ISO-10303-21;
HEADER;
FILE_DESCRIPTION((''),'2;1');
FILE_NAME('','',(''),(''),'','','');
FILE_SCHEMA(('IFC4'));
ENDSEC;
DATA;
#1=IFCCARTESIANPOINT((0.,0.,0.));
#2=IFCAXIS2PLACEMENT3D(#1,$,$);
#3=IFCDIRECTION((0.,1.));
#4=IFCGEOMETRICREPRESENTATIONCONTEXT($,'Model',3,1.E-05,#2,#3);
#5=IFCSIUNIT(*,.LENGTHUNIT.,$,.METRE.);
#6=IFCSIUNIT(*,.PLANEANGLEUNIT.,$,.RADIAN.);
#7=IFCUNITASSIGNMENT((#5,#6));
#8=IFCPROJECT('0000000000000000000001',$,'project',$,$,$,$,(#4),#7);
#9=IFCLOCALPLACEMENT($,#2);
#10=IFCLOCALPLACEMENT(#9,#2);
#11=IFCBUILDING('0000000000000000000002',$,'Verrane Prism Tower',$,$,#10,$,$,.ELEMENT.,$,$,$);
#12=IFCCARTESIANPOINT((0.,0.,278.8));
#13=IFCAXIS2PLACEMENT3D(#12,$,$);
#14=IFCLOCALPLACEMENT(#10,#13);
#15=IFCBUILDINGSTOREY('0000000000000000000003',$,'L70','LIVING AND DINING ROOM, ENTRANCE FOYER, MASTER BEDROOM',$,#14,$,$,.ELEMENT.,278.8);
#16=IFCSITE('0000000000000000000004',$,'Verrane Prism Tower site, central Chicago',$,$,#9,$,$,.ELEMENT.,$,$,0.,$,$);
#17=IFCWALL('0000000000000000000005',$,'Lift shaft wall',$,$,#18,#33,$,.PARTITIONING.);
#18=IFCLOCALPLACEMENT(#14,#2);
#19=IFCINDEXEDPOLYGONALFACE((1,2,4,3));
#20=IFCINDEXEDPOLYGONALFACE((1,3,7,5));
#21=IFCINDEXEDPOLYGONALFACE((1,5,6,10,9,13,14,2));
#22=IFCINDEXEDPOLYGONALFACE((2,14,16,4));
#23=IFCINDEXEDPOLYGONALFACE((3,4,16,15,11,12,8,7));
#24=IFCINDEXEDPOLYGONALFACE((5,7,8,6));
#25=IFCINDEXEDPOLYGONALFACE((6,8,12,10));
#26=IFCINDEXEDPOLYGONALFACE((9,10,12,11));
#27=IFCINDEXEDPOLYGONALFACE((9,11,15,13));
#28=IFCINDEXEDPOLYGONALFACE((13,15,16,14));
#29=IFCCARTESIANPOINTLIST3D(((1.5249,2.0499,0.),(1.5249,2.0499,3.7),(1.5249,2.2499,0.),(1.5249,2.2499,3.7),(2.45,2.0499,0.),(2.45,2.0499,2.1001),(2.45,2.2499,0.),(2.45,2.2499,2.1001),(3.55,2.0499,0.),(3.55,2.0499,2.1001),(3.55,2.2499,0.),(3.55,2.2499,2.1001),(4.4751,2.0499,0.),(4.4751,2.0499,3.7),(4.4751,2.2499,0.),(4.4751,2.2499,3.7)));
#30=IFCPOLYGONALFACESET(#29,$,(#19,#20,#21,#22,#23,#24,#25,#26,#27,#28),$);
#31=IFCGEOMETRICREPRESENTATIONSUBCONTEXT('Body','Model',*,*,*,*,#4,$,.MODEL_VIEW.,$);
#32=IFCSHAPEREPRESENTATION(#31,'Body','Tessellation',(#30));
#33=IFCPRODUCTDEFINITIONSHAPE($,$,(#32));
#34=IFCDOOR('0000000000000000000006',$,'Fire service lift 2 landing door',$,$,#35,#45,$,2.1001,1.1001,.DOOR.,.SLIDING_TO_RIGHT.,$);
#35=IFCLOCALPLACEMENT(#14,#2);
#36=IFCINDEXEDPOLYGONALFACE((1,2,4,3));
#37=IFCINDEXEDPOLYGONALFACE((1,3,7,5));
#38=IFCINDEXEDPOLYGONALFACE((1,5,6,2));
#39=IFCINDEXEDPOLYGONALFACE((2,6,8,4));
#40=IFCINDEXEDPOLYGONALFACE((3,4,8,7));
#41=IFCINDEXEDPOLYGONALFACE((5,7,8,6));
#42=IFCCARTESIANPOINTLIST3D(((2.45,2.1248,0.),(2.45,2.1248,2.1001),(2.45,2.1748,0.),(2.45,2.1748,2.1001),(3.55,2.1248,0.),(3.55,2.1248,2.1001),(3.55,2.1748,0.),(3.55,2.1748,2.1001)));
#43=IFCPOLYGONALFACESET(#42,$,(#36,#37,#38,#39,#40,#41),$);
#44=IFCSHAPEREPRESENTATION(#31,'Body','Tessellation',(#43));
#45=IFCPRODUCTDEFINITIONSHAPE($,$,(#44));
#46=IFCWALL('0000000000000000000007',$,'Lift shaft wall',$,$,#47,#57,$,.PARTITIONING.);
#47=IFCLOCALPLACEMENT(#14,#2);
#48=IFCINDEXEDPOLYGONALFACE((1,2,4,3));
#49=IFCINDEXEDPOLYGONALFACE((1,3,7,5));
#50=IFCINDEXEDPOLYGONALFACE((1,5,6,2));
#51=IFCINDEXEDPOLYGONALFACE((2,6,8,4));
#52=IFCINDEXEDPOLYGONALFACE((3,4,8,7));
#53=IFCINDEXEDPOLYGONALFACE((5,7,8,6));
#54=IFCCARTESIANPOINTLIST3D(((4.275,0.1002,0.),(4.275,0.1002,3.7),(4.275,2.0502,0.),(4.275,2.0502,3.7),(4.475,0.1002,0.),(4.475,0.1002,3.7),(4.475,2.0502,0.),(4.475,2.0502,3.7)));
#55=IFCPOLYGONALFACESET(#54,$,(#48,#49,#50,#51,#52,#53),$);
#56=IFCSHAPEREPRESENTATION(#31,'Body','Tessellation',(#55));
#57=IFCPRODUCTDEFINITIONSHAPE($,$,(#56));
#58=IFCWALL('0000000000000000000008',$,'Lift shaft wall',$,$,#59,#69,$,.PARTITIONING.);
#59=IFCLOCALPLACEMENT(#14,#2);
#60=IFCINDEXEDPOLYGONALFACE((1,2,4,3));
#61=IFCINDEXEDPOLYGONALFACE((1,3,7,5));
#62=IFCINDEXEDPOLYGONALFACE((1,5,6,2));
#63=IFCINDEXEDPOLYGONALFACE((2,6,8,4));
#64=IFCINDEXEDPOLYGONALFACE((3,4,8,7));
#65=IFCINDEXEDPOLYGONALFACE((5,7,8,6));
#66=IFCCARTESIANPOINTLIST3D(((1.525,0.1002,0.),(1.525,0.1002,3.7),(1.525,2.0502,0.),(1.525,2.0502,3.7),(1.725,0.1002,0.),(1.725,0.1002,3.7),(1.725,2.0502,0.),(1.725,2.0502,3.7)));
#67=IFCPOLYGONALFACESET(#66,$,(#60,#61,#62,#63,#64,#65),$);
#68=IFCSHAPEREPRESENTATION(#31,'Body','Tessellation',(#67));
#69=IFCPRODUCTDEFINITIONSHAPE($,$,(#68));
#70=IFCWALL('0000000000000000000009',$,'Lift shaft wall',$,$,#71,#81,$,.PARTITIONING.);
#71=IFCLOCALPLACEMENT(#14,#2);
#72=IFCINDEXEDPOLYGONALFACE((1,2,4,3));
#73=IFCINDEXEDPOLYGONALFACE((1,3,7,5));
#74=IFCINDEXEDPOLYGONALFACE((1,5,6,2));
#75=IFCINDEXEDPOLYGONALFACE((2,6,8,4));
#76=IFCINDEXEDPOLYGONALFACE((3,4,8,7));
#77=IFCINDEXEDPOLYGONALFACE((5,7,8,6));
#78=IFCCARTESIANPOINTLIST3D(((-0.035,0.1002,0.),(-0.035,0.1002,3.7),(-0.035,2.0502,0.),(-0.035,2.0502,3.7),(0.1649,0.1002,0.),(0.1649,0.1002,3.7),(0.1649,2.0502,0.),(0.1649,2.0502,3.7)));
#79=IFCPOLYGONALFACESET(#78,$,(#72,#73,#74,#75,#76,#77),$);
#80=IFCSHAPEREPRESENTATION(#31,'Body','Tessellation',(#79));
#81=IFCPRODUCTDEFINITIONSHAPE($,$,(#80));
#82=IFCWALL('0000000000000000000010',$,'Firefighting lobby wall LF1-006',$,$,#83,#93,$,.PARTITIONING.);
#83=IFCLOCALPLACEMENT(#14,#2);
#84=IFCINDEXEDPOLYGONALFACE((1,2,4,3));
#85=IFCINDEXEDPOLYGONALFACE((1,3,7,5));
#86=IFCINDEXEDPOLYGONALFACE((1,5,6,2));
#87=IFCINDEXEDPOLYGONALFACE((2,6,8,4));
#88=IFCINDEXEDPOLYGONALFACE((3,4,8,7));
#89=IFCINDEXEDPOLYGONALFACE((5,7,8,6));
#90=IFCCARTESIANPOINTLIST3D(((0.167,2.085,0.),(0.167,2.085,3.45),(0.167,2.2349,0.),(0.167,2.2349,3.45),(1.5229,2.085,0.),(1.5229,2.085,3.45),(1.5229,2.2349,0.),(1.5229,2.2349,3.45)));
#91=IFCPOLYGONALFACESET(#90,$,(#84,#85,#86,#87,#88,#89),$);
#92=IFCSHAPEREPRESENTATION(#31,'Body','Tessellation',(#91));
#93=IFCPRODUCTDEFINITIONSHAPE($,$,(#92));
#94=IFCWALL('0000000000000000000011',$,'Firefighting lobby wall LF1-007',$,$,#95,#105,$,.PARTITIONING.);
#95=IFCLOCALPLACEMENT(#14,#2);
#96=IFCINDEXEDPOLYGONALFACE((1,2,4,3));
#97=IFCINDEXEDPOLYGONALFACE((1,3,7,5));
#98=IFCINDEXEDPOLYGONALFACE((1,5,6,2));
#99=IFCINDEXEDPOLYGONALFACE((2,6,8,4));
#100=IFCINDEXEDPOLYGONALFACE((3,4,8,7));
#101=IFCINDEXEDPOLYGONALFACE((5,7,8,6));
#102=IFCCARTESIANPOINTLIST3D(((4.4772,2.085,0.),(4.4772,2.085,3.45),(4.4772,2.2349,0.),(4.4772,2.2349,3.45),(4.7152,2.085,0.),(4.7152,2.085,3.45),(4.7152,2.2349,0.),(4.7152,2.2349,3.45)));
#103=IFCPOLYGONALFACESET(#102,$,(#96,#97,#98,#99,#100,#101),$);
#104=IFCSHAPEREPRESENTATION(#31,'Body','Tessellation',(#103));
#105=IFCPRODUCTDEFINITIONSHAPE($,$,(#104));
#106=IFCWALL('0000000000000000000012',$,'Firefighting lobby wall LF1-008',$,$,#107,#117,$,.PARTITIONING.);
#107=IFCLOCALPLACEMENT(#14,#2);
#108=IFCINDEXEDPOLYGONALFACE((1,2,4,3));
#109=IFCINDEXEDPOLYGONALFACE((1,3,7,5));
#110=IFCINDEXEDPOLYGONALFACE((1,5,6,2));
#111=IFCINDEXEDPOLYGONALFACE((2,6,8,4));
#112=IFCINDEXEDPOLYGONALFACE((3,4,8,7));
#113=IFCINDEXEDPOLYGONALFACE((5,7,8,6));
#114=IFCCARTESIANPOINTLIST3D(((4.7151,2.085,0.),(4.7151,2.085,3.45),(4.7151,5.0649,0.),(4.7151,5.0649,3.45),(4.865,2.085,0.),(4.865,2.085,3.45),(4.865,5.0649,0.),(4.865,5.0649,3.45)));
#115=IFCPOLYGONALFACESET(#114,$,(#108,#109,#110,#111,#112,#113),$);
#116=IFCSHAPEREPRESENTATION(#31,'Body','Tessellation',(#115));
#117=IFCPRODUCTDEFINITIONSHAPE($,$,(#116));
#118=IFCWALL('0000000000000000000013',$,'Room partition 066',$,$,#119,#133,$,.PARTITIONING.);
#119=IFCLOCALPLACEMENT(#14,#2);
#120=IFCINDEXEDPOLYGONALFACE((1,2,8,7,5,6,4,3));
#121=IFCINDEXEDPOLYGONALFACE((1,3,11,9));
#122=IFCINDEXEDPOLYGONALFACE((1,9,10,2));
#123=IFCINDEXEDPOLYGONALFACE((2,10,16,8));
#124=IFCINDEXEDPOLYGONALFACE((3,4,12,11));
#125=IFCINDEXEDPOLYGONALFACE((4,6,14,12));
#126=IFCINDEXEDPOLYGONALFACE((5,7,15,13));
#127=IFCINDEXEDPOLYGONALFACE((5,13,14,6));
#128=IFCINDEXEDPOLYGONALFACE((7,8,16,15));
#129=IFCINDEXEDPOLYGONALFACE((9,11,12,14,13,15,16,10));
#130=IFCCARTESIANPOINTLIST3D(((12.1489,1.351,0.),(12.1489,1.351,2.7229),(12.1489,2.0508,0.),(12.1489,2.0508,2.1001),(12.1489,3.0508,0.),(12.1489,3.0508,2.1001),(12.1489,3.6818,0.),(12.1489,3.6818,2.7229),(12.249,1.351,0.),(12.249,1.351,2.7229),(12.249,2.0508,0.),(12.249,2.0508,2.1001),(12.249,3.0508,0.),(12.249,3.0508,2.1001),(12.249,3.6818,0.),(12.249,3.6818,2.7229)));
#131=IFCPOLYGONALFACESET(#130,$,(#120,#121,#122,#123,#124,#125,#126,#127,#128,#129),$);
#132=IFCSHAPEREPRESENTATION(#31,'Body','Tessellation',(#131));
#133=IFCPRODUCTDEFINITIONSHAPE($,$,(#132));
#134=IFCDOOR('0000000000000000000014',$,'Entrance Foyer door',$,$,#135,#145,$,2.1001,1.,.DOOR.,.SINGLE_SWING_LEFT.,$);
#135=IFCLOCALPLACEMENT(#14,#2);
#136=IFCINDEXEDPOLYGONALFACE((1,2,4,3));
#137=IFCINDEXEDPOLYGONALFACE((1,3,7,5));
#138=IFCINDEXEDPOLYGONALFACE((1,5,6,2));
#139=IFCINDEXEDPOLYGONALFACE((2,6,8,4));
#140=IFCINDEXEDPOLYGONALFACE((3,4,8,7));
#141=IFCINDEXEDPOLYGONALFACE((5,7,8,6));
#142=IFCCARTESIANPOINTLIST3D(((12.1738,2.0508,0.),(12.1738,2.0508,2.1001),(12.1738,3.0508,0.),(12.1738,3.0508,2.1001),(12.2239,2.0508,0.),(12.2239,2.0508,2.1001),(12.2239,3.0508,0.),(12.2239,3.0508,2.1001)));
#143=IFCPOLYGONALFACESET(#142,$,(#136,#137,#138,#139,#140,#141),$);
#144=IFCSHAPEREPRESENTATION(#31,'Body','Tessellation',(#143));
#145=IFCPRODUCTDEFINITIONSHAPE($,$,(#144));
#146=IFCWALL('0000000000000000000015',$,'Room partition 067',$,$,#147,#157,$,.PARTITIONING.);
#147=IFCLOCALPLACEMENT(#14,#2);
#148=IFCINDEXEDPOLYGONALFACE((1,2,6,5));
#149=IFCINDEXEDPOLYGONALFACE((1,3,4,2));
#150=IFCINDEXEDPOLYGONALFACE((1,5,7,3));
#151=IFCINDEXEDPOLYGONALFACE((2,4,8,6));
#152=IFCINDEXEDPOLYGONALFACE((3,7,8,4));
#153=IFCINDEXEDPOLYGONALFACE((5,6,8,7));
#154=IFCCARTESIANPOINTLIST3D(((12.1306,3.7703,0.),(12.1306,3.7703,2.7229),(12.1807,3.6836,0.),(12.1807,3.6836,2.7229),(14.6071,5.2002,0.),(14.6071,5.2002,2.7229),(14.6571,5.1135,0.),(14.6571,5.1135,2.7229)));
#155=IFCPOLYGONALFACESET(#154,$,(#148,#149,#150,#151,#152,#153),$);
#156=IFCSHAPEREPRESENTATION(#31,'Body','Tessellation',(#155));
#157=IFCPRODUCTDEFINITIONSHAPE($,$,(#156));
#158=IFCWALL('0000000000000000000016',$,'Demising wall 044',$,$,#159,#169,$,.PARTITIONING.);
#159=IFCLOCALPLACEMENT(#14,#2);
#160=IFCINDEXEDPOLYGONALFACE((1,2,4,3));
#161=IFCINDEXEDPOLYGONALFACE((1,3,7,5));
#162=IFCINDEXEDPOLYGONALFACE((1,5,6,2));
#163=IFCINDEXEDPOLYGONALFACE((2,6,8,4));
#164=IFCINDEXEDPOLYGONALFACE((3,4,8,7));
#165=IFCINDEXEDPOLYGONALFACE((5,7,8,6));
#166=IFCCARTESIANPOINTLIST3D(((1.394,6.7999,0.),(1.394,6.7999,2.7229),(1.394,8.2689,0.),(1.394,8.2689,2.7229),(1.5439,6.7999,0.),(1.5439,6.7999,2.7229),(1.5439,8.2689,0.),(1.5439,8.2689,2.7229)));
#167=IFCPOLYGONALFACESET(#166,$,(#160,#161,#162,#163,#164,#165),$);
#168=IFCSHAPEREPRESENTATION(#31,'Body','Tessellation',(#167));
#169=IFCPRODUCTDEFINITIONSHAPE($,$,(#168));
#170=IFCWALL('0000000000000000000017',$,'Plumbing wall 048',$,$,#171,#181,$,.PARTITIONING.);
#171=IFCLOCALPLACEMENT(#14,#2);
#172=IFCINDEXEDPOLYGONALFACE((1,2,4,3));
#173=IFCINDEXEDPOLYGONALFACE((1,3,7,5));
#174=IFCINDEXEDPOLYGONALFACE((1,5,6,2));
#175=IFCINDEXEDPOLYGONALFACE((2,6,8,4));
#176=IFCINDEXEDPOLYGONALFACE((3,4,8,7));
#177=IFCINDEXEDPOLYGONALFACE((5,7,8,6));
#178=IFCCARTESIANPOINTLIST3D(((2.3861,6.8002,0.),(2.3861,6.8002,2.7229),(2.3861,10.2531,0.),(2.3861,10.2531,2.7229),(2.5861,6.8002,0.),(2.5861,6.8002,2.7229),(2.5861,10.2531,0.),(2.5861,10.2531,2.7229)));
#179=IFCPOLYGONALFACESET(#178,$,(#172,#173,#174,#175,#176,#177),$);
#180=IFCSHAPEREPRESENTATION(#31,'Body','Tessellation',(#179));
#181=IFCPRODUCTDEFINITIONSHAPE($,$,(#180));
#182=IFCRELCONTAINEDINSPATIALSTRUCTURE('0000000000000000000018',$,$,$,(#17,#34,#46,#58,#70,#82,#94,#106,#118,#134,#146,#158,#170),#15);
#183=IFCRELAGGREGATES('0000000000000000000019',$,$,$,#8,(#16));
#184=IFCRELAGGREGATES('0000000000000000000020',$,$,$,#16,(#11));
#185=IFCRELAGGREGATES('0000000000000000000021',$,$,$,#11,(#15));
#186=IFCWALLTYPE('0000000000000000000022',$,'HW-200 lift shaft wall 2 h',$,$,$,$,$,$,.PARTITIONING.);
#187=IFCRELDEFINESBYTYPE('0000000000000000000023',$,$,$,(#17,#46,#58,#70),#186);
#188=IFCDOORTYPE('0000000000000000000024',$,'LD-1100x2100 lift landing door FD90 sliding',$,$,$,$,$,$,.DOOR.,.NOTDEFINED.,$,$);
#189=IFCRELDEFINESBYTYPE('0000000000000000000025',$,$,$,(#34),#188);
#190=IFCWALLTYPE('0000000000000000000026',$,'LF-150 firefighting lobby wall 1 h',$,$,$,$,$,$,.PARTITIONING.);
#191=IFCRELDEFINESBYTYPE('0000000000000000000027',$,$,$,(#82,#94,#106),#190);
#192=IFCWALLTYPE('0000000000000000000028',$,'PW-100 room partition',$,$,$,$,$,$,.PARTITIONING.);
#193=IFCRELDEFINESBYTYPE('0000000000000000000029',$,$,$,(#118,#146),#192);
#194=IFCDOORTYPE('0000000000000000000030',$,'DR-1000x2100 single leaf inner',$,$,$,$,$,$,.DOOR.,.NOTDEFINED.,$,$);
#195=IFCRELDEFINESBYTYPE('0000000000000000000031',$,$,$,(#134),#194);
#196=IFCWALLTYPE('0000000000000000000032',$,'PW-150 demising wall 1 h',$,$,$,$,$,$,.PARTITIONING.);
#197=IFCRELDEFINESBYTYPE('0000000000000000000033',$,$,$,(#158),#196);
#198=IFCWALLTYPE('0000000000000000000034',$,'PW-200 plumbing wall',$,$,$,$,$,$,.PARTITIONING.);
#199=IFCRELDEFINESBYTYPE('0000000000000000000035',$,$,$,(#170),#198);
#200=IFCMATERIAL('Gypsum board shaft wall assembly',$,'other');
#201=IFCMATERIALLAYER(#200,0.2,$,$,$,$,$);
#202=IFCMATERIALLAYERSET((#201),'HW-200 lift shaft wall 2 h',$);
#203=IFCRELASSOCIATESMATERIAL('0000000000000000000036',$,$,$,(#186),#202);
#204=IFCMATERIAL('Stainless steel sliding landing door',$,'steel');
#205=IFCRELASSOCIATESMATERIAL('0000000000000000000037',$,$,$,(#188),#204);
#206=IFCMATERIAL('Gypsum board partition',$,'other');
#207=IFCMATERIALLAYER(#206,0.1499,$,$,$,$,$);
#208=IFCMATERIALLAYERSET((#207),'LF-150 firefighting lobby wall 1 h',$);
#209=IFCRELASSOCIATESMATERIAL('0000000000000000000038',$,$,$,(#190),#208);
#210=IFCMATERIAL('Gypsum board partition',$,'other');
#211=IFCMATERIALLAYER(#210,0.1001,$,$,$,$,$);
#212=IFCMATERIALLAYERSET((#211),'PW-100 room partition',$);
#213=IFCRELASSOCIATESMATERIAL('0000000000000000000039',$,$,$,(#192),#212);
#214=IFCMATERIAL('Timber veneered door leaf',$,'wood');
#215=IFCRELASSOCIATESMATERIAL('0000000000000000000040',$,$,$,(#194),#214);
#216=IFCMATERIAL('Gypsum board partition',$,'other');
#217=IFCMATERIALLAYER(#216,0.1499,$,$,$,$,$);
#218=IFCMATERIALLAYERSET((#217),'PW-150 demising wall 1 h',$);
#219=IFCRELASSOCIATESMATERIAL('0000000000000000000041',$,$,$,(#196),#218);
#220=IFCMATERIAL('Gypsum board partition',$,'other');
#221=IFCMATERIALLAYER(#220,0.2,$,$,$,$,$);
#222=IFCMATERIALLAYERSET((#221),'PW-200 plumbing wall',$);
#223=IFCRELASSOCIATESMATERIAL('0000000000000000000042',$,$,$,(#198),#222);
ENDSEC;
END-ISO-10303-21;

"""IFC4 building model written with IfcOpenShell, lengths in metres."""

from ifc_helpers import new_model, si_unit, direction, frame, frame_2d, origin, place, context, subcontext, project, spatial, rectangle, extrude, material, layer, layer_set, type_object, element, fill, save


model = new_model("IFC4")

# Units and contexts
model_context = context("Model", 3, precision=1e-05, world=origin(), true_north=direction((0.0, 1.0)))
body_context = subcontext(model_context, "Body", "Model", "MODEL_VIEW")
ifc_project = project(units=[si_unit("LENGTHUNIT", "METRE"), si_unit("PLANEANGLEUNIT", "RADIAN")], contexts=[model_context])

# Site, building, storey
site_placement = place(None, origin())
site = spatial("IfcSite", under=ifc_project, at=site_placement, Name="Verrane Prism Tower site, central Chicago", CompositionType="ELEMENT", RefElevation=0.0)
building_placement = place(site_placement, origin())
building = spatial("IfcBuilding", under=site, at=building_placement, Name="Verrane Prism Tower", CompositionType="ELEMENT")
storey_placement = place(building_placement, frame((0.0, 0.0, 278.8)))
storey = spatial("IfcBuildingStorey", under=building, at=storey_placement, Name="L70", Description="LIVING AND DINING ROOM, ENTRANCE FOYER, MASTER BEDROOM", CompositionType="ELEMENT", Elevation=278.8)

# Shared definitions
ifc_material_1 = material(Name="Gypsum board shaft wall assembly", Category="other")
ifc_layer_1 = layer(ifc_material_1, 0.2)
ifc_layer_set_1 = layer_set([ifc_layer_1], Name="HW-200 lift shaft wall 2 h")
wall_type_1 = type_object("IfcWallType", Name="HW-200 lift shaft wall 2 h", PredefinedType="PARTITIONING", material=ifc_layer_set_1)

# Wall, opening, door
wall_1_placement = place(storey_placement, frame((1.5249, 2.1499, 0.0), z_axis=(0.0, 0.0, 1.0), x_axis=(1.0, 0.0, 0.0)))
wall_1 = element("IfcWall", 1, at=wall_1_placement, inside=storey, type_object=wall_type_1, Name="Lift shaft wall", PredefinedType="PARTITIONING", context=body_context, shape_type="SweptSolid", body=[
    extrude(rectangle(XDim=2.9502, YDim=0.2, at=frame_2d((1.4751, 0.0))), origin(), (0.0, 0.0, 1.0), 3.7),
])
opening_1_placement = place(wall_1_placement, frame((0.925, 0.0, 0.0)))
opening_1 = element("IfcOpeningElement", 2, at=opening_1_placement, cuts=wall_1, PredefinedType="OPENING", context=body_context, shape_type="SweptSolid", body=[
    extrude(rectangle(XDim=1.1001, YDim=2.1001, at=frame_2d((0.55, 1.05))), frame((0.0, 0.1099, 0.0), z_axis=(0.0, -1.0, 0.0), x_axis=(1.0, 0.0, 0.0)), (0.0, 0.0, 1.0), 0.22),
])
ifc_material_2 = material(Name="Stainless steel sliding landing door", Category="steel")
door_type_1 = type_object("IfcDoorType", Name="LD-1100x2100 lift landing door FD90 sliding", OperationType="NOTDEFINED", PredefinedType="DOOR", material=ifc_material_2)
door_1_placement = place(opening_1_placement, origin())
door_1 = element("IfcDoor", 3, at=door_1_placement, inside=storey, type_object=door_type_1, Name="Fire service lift 2 landing door", OperationType="SLIDING_TO_RIGHT", OverallHeight=2.1001, OverallWidth=1.1001, PredefinedType="DOOR", context=body_context, shape_type="SweptSolid", body=[
    extrude(rectangle(XDim=1.1001, YDim=2.1001, at=frame_2d((0.55, 1.05))), frame((0.0, 0.0249, 0.0), z_axis=(0.0, -1.0, 0.0), x_axis=(1.0, 0.0, 0.0)), (0.0, 0.0, 1.0), 0.05),
])
fill(opening_1, door_1)

# Walls
for number, where, z_axis, x_axis, name in (
    (4, (4.375, 0.1001, 0.0), (0.0, 0.0, 1.0), (0.0, 1.0, 0.0), "Lift shaft wall"),
    (5, (1.625, 0.1001, 0.0), (0.0, 0.0, 1.0), (0.0, 1.0, 0.0), "Lift shaft wall"),
    (6, (0.0649, 0.1001, 0.0), (0.0, 0.0, 1.0), (0.0, 1.0, 0.0), "Lift shaft wall"),
):
    element("IfcWall", number, at=place(storey_placement, frame(where, z_axis=z_axis, x_axis=x_axis)), inside=storey, type_object=wall_type_1, Name=name, PredefinedType="PARTITIONING", context=body_context, shape_type="SweptSolid", body=[
        extrude(rectangle(XDim=1.95, YDim=0.2, at=frame_2d((0.9751, 0.0))), origin(), (0.0, 0.0, 1.0), 3.7),
    ])
ifc_material_3 = material(Name="Gypsum board partition", Category="other")
ifc_layer_2 = layer(ifc_material_3, 0.1499)
ifc_layer_set_2 = layer_set([ifc_layer_2], Name="LF-150 firefighting lobby wall 1 h")
wall_type_2 = type_object("IfcWallType", Name="LF-150 firefighting lobby wall 1 h", PredefinedType="PARTITIONING", material=ifc_layer_set_2)
wall_2_placement = place(storey_placement, frame((0.167, 2.1599, 0.0), z_axis=(0.0, 0.0, 1.0), x_axis=(1.0, 0.0, 0.0)))
element("IfcWall", 7, at=wall_2_placement, inside=storey, type_object=wall_type_2, Name="Firefighting lobby wall LF1-006", PredefinedType="PARTITIONING", context=body_context, shape_type="SweptSolid", body=[
    extrude(rectangle(XDim=1.356, YDim=0.1499, at=frame_2d((0.678, 0.0))), origin(), (0.0, 0.0, 1.0), 3.45),
])
wall_3_placement = place(storey_placement, frame((4.4771, 2.1599, 0.0), z_axis=(0.0, 0.0, 1.0), x_axis=(1.0, 0.0, 0.0)))
element("IfcWall", 8, at=wall_3_placement, inside=storey, type_object=wall_type_2, Name="Firefighting lobby wall LF1-007", PredefinedType="PARTITIONING", context=body_context, shape_type="SweptSolid", body=[
    extrude(rectangle(XDim=0.238, YDim=0.1499, at=frame_2d((0.1191, 0.0))), origin(), (0.0, 0.0, 1.0), 3.45),
])
wall_4_placement = place(storey_placement, frame((4.79, 2.085, 0.0), z_axis=(0.0, 0.0, 1.0), x_axis=(0.0, 1.0, 0.0)))
element("IfcWall", 9, at=wall_4_placement, inside=storey, type_object=wall_type_2, Name="Firefighting lobby wall LF1-008", PredefinedType="PARTITIONING", context=body_context, shape_type="SweptSolid", body=[
    extrude(rectangle(XDim=2.98, YDim=0.1499, at=frame_2d((1.49, 0.0))), origin(), (0.0, 0.0, 1.0), 3.45),
])

# Wall, opening, door
ifc_material_4 = material(Name="Gypsum board partition", Category="other")
ifc_layer_3 = layer(ifc_material_4, 0.1001)
ifc_layer_set_3 = layer_set([ifc_layer_3], Name="PW-100 room partition")
wall_type_3 = type_object("IfcWallType", Name="PW-100 room partition", PredefinedType="PARTITIONING", material=ifc_layer_set_3)
wall_5_placement = place(storey_placement, frame((12.199, 3.6819, 0.0), z_axis=(0.0, 0.0, 1.0), x_axis=(0.0, -1.0, 0.0)))
wall_5 = element("IfcWall", 10, at=wall_5_placement, inside=storey, type_object=wall_type_3, Name="Room partition 066", PredefinedType="PARTITIONING", context=body_context, shape_type="SweptSolid", body=[
    extrude(rectangle(XDim=2.3308, YDim=0.1001, at=frame_2d((1.1655, 0.0))), origin(), (0.0, 0.0, 1.0), 2.7229),
])
opening_2_placement = place(wall_5_placement, frame((0.6311, 0.0, 0.0)))
opening_2 = element("IfcOpeningElement", 11, at=opening_2_placement, cuts=wall_5, PredefinedType="OPENING", context=body_context, shape_type="SweptSolid", body=[
    extrude(rectangle(XDim=1.0, YDim=2.1001, at=frame_2d((0.5, 1.05))), frame((0.0, 0.0601, 0.0), z_axis=(0.0, -1.0, 0.0), x_axis=(1.0, 0.0, 0.0)), (0.0, 0.0, 1.0), 0.1201),
])
ifc_material_5 = material(Name="Timber veneered door leaf", Category="wood")
door_type_2 = type_object("IfcDoorType", Name="DR-1000x2100 single leaf inner", OperationType="NOTDEFINED", PredefinedType="DOOR", material=ifc_material_5)
door_2_placement = place(opening_2_placement, origin())
door_2 = element("IfcDoor", 12, at=door_2_placement, inside=storey, type_object=door_type_2, Name="Entrance Foyer door", OperationType="SINGLE_SWING_LEFT", OverallHeight=2.1001, OverallWidth=1.0, PredefinedType="DOOR", context=body_context, shape_type="SweptSolid", body=[
    extrude(rectangle(XDim=1.0, YDim=2.1001, at=frame_2d((0.5, 1.05))), frame((0.0, 0.0249, 0.0), z_axis=(0.0, -1.0, 0.0), x_axis=(1.0, 0.0, 0.0)), (0.0, 0.0, 1.0), 0.05),
])
fill(opening_2, door_2)

# Walls
wall_6_placement = place(storey_placement, frame((12.1558, 3.7271, 0.0), z_axis=(0.0, 0.0, 1.0), x_axis=(0.866012, 0.500023, 0.0)))
element("IfcWall", 13, at=wall_6_placement, inside=storey, type_object=wall_type_3, Name="Room partition 067", PredefinedType="PARTITIONING", context=body_context, shape_type="SweptSolid", body=[
    extrude(rectangle(XDim=2.8596, YDim=0.1001, at=frame_2d((1.4297, 0.0))), origin(), (0.0, 0.0, 1.0), 2.7229),
])
ifc_material_6 = material(Name="Gypsum board partition", Category="other")
ifc_layer_4 = layer(ifc_material_6, 0.1499)
ifc_layer_set_4 = layer_set([ifc_layer_4], Name="PW-150 demising wall 1 h")
wall_type_4 = type_object("IfcWallType", Name="PW-150 demising wall 1 h", PredefinedType="PARTITIONING", material=ifc_layer_set_4)
wall_7_placement = place(storey_placement, frame((1.469, 6.8, 0.0), z_axis=(0.0, 0.0, 1.0), x_axis=(0.0, 1.0, 0.0)))
element("IfcWall", 14, at=wall_7_placement, inside=storey, type_object=wall_type_4, Name="Demising wall 044", PredefinedType="PARTITIONING", context=body_context, shape_type="SweptSolid", body=[
    extrude(rectangle(XDim=1.469, YDim=0.1499, at=frame_2d((0.7344, 0.0))), origin(), (0.0, 0.0, 1.0), 2.7229),
])
ifc_material_7 = material(Name="Gypsum board partition", Category="other")
ifc_layer_5 = layer(ifc_material_7, 0.2)
ifc_layer_set_5 = layer_set([ifc_layer_5], Name="PW-200 plumbing wall")
wall_type_5 = type_object("IfcWallType", Name="PW-200 plumbing wall", PredefinedType="PARTITIONING", material=ifc_layer_set_5)
wall_8_placement = place(storey_placement, frame((2.4861, 6.8, 0.0), z_axis=(0.0, 0.0, 1.0), x_axis=(0.0, 1.0, 0.0)))
element("IfcWall", 15, at=wall_8_placement, inside=storey, type_object=wall_type_5, Name="Plumbing wall 048", PredefinedType="PARTITIONING", context=body_context, shape_type="SweptSolid", body=[
    extrude(rectangle(XDim=3.4529, YDim=0.2, at=frame_2d((1.7266, 0.0))), origin(), (0.0, 0.0, 1.0), 2.7229),
])

save(model, "model.ifc")
